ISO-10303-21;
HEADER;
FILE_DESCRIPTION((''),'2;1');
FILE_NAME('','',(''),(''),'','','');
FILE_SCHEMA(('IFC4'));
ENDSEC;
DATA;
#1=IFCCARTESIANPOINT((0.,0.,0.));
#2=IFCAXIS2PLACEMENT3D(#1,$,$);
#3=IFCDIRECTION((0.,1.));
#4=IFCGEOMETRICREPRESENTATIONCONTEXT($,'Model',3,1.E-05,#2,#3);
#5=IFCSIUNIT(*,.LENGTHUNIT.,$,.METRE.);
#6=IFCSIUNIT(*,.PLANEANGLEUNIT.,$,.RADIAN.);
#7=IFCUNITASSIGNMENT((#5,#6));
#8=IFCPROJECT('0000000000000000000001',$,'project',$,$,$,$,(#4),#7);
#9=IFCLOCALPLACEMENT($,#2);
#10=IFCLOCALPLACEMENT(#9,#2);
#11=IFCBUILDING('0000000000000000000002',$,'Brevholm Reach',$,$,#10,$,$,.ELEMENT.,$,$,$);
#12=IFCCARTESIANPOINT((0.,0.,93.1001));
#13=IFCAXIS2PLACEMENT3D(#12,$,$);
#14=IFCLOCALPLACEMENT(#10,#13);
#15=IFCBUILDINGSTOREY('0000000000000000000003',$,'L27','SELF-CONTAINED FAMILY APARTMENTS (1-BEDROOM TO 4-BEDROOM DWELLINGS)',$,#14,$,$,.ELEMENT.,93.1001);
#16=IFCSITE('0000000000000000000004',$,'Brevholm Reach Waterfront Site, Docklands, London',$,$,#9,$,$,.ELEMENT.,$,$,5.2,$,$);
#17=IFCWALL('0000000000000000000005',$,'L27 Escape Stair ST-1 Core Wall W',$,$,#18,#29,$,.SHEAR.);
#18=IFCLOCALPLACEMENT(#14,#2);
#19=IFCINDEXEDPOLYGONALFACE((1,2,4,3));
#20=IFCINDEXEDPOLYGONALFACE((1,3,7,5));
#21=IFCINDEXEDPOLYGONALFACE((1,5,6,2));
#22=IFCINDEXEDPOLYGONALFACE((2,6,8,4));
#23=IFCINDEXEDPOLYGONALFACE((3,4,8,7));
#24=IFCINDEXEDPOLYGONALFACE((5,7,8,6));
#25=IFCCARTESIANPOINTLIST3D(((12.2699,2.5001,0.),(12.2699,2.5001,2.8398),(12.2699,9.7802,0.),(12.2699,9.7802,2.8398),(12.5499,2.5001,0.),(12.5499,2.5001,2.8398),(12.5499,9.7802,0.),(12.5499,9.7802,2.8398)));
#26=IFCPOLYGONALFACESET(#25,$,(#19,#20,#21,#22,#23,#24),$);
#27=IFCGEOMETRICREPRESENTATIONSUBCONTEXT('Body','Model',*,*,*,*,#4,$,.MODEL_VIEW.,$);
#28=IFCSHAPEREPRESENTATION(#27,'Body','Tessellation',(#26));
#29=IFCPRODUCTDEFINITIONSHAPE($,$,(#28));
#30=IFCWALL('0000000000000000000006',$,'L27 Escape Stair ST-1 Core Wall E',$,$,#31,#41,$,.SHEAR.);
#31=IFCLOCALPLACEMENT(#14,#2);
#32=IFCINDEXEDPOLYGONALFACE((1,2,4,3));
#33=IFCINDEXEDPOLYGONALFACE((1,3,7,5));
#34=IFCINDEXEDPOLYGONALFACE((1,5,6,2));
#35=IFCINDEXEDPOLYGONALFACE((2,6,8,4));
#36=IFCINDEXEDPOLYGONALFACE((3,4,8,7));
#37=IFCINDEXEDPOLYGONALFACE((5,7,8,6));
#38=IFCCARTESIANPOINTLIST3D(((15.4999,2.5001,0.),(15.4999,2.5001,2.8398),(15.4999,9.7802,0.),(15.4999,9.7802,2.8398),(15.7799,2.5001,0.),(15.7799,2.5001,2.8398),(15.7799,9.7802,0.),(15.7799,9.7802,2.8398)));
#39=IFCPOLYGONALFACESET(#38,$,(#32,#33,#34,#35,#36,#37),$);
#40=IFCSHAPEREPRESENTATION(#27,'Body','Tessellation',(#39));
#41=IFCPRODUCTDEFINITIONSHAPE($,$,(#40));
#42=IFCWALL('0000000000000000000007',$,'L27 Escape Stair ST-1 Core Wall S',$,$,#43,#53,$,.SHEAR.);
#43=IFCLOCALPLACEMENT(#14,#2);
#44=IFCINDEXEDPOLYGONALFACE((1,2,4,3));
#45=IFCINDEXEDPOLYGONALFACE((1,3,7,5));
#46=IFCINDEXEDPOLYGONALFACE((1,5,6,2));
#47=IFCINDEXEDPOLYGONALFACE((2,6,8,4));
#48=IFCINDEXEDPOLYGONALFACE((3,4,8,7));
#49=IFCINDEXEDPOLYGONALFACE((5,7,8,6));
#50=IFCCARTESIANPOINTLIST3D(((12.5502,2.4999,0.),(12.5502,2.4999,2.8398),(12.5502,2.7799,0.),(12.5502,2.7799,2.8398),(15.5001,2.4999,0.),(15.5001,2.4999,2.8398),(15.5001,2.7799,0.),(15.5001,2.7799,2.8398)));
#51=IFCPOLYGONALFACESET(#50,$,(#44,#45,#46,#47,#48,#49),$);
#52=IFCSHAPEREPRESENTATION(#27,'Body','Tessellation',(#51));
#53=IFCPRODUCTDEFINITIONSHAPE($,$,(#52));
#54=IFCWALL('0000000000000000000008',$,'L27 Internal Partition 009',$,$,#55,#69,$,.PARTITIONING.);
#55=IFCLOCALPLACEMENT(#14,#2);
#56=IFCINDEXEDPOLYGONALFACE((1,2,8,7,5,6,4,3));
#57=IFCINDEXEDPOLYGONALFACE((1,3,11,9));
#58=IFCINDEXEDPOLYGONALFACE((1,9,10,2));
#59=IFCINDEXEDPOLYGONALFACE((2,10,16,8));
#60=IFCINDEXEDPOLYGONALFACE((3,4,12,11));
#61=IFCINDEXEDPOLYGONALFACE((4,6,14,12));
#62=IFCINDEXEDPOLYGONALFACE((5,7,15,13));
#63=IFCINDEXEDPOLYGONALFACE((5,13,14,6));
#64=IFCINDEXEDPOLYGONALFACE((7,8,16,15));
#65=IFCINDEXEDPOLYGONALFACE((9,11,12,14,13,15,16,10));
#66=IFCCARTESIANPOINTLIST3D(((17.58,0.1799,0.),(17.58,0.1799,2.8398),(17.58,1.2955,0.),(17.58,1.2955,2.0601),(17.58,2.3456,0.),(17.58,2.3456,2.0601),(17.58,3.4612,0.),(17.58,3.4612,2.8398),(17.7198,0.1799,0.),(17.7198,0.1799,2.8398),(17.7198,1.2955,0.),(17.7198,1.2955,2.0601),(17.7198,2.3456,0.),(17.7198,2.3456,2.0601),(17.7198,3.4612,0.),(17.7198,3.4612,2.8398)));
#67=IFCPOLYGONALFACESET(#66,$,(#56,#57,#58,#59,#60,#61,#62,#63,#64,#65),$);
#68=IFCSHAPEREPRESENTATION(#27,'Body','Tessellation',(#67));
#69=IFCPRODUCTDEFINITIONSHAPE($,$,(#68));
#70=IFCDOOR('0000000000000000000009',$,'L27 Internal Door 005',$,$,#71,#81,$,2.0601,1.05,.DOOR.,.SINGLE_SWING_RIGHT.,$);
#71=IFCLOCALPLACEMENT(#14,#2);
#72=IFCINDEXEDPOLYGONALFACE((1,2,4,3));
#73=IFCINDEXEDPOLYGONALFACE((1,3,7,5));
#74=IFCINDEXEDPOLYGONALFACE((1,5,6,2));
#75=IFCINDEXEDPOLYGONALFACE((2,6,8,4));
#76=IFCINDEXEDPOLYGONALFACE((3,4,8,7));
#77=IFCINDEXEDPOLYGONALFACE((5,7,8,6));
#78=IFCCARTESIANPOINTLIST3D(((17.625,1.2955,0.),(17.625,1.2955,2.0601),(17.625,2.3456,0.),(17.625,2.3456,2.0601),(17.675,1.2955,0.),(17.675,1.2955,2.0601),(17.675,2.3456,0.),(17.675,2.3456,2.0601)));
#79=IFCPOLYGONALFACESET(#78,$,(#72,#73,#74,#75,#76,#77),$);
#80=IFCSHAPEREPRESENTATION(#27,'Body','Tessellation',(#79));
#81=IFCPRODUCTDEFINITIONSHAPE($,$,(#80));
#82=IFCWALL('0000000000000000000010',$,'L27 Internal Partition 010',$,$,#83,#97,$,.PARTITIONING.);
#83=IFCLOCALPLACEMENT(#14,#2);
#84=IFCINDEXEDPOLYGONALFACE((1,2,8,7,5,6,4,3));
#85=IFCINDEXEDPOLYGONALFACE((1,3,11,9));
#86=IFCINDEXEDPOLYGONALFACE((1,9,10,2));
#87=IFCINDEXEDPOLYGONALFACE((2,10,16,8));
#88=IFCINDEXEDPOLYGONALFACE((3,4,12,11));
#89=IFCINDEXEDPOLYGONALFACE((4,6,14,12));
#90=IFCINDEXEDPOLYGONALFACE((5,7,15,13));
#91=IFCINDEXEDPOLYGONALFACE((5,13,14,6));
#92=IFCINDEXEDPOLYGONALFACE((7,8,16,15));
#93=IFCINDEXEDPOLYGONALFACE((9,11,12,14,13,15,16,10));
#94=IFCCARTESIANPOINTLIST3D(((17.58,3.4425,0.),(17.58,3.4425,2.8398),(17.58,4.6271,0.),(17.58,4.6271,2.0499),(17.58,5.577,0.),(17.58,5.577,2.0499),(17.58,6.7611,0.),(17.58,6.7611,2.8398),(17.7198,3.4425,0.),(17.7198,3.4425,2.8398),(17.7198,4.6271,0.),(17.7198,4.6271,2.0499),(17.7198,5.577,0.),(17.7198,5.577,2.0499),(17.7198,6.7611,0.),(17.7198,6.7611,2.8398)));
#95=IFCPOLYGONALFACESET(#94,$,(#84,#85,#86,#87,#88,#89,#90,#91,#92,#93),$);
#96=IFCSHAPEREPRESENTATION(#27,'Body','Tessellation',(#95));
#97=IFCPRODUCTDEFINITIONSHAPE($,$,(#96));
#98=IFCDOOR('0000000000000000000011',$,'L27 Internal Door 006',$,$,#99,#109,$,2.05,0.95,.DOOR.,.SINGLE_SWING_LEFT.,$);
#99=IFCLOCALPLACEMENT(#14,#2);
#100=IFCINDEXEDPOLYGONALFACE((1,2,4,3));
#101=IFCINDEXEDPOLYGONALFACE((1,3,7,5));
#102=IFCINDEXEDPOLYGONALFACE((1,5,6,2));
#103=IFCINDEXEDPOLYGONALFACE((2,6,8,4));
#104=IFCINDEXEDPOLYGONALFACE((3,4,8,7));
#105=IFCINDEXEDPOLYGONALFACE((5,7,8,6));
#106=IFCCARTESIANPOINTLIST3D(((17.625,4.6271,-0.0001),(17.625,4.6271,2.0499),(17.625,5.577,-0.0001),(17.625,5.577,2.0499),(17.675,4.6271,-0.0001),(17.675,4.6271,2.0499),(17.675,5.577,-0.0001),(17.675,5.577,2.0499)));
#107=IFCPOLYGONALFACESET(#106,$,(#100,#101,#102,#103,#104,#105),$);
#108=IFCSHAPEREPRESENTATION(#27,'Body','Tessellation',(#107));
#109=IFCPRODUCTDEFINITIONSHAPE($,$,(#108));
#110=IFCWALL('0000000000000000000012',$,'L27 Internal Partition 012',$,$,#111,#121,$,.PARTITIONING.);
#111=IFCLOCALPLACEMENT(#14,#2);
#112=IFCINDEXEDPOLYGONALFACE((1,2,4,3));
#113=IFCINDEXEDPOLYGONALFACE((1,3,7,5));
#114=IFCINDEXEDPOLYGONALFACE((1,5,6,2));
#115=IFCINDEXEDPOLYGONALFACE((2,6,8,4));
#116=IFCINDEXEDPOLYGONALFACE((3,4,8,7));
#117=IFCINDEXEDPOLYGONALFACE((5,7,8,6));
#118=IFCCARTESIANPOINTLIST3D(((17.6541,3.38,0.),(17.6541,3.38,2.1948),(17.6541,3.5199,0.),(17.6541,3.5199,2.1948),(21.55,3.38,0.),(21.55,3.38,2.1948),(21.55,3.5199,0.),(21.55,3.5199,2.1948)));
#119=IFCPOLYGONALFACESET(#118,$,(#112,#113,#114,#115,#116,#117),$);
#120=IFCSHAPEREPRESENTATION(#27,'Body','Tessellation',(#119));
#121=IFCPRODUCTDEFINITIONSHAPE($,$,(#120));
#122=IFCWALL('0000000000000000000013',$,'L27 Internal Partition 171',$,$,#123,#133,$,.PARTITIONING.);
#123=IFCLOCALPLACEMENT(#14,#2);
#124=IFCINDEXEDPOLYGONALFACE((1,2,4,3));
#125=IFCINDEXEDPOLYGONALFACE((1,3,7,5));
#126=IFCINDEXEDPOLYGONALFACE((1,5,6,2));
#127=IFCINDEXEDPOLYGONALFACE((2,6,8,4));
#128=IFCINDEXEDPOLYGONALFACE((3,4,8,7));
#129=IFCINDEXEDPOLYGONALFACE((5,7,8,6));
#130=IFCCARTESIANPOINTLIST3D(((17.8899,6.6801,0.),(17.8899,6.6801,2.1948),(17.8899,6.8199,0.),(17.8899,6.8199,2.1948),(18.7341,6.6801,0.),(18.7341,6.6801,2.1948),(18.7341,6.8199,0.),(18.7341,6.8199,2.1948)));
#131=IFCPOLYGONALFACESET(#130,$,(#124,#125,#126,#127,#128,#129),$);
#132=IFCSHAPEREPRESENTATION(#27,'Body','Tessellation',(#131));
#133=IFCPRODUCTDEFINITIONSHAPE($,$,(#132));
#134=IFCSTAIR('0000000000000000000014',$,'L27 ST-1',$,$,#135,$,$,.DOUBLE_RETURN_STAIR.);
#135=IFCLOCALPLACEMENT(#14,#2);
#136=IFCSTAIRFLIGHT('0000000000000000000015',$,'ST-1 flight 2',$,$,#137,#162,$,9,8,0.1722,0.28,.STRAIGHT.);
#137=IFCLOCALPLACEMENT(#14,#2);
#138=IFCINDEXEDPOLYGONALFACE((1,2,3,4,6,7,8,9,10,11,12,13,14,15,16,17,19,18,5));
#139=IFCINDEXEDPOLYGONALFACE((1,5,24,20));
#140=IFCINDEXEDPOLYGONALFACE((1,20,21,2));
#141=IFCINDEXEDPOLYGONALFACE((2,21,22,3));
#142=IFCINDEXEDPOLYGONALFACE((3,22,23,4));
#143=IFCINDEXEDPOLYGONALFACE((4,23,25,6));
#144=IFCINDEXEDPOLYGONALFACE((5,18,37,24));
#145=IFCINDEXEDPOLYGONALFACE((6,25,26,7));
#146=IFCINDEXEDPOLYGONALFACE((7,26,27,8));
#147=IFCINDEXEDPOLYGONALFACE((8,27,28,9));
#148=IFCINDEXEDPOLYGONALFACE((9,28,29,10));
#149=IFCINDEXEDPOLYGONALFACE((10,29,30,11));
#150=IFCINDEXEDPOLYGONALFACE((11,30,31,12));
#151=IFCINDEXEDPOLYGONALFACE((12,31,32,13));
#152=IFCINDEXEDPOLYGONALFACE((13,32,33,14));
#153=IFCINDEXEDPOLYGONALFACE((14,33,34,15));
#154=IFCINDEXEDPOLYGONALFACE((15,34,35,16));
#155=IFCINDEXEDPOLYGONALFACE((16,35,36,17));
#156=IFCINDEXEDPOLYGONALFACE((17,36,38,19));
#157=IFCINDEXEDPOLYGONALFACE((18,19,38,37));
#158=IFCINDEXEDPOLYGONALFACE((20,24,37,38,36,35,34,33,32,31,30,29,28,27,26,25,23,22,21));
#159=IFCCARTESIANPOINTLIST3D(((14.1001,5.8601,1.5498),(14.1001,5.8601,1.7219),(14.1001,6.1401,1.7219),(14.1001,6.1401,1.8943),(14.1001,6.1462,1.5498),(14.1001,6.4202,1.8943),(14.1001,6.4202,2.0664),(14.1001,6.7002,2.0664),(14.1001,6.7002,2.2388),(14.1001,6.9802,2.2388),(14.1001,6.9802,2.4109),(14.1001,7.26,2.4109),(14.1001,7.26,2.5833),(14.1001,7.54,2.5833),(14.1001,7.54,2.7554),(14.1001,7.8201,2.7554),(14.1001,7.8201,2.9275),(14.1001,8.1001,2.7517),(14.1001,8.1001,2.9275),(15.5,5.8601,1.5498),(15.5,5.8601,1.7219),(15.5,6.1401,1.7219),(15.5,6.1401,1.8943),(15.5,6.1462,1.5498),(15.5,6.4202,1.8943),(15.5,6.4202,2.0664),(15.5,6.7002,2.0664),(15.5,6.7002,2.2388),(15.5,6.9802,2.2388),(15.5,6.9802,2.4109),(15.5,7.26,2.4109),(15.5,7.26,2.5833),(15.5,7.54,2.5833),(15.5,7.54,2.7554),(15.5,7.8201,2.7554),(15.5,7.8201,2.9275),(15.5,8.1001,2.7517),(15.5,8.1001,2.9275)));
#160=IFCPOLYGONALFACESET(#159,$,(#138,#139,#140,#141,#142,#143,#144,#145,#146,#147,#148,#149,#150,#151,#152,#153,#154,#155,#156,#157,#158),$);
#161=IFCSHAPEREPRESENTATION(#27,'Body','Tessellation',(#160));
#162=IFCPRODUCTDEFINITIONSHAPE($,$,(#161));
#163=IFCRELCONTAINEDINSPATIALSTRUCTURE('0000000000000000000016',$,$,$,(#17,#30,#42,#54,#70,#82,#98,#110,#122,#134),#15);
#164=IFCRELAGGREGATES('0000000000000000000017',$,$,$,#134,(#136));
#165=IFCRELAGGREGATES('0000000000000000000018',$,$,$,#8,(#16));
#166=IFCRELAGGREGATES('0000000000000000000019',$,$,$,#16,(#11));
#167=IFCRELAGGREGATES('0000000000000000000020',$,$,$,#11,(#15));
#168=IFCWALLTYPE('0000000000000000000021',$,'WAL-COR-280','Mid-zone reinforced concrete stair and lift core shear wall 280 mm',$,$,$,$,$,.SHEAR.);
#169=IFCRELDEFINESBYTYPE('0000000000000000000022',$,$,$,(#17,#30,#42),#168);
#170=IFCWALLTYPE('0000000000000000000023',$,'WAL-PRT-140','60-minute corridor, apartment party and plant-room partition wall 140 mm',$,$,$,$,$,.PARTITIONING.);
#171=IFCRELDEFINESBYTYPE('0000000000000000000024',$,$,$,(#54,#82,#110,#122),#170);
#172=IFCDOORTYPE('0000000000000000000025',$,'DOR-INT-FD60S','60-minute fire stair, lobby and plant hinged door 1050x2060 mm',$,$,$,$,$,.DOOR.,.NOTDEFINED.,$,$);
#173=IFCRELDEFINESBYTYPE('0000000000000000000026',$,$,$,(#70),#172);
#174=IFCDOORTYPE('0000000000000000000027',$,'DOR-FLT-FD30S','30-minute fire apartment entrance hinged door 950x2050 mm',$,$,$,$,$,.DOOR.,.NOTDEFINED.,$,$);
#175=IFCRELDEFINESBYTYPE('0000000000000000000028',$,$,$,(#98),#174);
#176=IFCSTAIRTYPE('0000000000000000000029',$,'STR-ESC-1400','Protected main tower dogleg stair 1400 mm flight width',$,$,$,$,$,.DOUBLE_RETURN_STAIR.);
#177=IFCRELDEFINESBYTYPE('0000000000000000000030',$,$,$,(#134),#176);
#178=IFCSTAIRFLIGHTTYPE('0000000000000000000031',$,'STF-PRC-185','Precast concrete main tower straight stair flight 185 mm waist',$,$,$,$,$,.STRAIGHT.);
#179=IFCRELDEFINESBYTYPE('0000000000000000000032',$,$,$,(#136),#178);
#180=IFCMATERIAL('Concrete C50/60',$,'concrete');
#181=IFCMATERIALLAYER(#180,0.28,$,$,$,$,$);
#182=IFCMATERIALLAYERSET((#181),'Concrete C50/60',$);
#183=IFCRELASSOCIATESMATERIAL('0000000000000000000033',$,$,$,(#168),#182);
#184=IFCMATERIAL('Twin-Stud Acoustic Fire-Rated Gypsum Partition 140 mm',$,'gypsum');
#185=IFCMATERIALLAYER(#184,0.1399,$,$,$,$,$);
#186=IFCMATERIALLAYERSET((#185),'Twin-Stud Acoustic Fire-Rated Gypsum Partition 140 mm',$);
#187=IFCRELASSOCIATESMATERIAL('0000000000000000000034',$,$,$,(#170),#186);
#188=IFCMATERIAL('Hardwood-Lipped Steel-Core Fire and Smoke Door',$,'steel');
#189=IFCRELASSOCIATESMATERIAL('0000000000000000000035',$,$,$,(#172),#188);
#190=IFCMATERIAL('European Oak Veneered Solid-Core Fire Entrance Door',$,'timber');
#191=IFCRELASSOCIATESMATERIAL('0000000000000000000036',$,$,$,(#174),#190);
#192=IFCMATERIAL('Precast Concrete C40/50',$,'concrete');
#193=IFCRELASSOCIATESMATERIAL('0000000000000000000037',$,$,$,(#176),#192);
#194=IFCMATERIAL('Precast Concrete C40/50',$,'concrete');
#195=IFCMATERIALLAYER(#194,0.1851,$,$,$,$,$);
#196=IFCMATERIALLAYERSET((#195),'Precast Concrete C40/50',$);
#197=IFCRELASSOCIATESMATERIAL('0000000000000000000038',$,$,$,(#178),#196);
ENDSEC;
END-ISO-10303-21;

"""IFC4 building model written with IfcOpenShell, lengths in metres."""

from ifc_helpers import new_model, si_unit, direction, frame, frame_2d, origin, place, context, subcontext, project, spatial, polyline, rectangle, outline, extrude, material, layer, layer_set, type_object, element, fill, aggregate, save


model = new_model("IFC4")

# Units and contexts
model_context = context("Model", 3, precision=1e-05, world=origin(), true_north=direction((0.0, 1.0)))
body_context = subcontext(model_context, "Body", "Model", "MODEL_VIEW")
ifc_project = project(units=[si_unit("LENGTHUNIT", "METRE"), si_unit("PLANEANGLEUNIT", "RADIAN")], contexts=[model_context])

# Site, building, storey
site_placement = place(None, origin())
site = spatial("IfcSite", under=ifc_project, at=site_placement, Name="Brevholm Reach Waterfront Site, Docklands, London", CompositionType="ELEMENT", RefElevation=5.2)
building_placement = place(site_placement, origin())
building = spatial("IfcBuilding", under=site, at=building_placement, Name="Brevholm Reach", CompositionType="ELEMENT")
storey_placement = place(building_placement, frame((0.0, 0.0, 93.1001)))
storey = spatial("IfcBuildingStorey", under=building, at=storey_placement, Name="L27", Description="SELF-CONTAINED FAMILY APARTMENTS (1-BEDROOM TO 4-BEDROOM DWELLINGS)", CompositionType="ELEMENT", Elevation=93.1001)

# Walls
ifc_material_1 = material(Name="Concrete C50/60", Category="concrete")
ifc_layer_1 = layer(ifc_material_1, 0.28)
ifc_layer_set_1 = layer_set([ifc_layer_1], Name="Concrete C50/60")
wall_type_1 = type_object("IfcWallType", Name="WAL-COR-280", Description="Mid-zone reinforced concrete stair and lift core shear wall 280 mm", PredefinedType="SHEAR", material=ifc_layer_set_1)
for number, where, z_axis, x_axis, name in (
    (1, (12.4099, 2.5, 0.0), (0.0, 0.0, 1.0), (0.0, 1.0, 0.0), "L27 Escape Stair ST-1 Core Wall W"),
    (2, (15.6399, 2.5, 0.0), (0.0, 0.0, 1.0), (0.0, 1.0, 0.0), "L27 Escape Stair ST-1 Core Wall E"),
):
    element("IfcWall", number, at=place(storey_placement, frame(where, z_axis=z_axis, x_axis=x_axis)), inside=storey, type_object=wall_type_1, Name=name, PredefinedType="SHEAR", context=body_context, shape_type="SweptSolid", body=[
        extrude(rectangle(XDim=7.28, YDim=0.28, at=frame_2d((3.6401, 0.0))), origin(), (0.0, 0.0, 1.0), 2.8398),
    ])
wall_1_placement = place(storey_placement, frame((12.55, 2.6399, 0.0), z_axis=(0.0, 0.0, 1.0), x_axis=(1.0, 0.0, 0.0)))
element("IfcWall", 3, at=wall_1_placement, inside=storey, type_object=wall_type_1, Name="L27 Escape Stair ST-1 Core Wall S", PredefinedType="SHEAR", context=body_context, shape_type="SweptSolid", body=[
    extrude(rectangle(XDim=2.95, YDim=0.28, at=frame_2d((1.4751, 0.0))), origin(), (0.0, 0.0, 1.0), 2.8398),
])

# Walls, openings, doors
ifc_material_2 = material(Name="Twin-Stud Acoustic Fire-Rated Gypsum Partition 140 mm", Category="gypsum")
ifc_layer_2 = layer(ifc_material_2, 0.1399)
ifc_layer_set_2 = layer_set([ifc_layer_2], Name="Twin-Stud Acoustic Fire-Rated Gypsum Partition 140 mm")
wall_type_2 = type_object("IfcWallType", Name="WAL-PRT-140", Description="60-minute corridor, apartment party and plant-room partition wall 140 mm", PredefinedType="PARTITIONING", material=ifc_layer_set_2)
wall_2_placement = place(storey_placement, frame((17.6499, 0.1799, 0.0), z_axis=(0.0, 0.0, 1.0), x_axis=(0.0, 1.0, 0.0)))
wall_2 = element("IfcWall", 4, at=wall_2_placement, inside=storey, type_object=wall_type_2, Name="L27 Internal Partition 009", PredefinedType="PARTITIONING", context=body_context, shape_type="SweptSolid", body=[
    extrude(rectangle(XDim=3.2812, YDim=0.1399, at=frame_2d((1.6406, 0.0))), origin(), (0.0, 0.0, 1.0), 2.8398),
])
opening_1_placement = place(wall_2_placement, frame((1.1157, 0.0, 0.0)))
opening_1 = element("IfcOpeningElement", 5, at=opening_1_placement, cuts=wall_2, PredefinedType="OPENING", context=body_context, shape_type="SweptSolid", body=[
    extrude(rectangle(XDim=1.05, YDim=2.0601, at=frame_2d((0.5249, 1.03))), frame((0.0, 0.0798, 0.0), z_axis=(0.0, -1.0, 0.0), x_axis=(1.0, 0.0, 0.0)), (0.0, 0.0, 1.0), 0.1599),
])
ifc_material_3 = material(Name="Hardwood-Lipped Steel-Core Fire and Smoke Door", Category="steel")
door_type_1 = type_object("IfcDoorType", Name="DOR-INT-FD60S", Description="60-minute fire stair, lobby and plant hinged door 1050x2060 mm", OperationType="NOTDEFINED", PredefinedType="DOOR", material=ifc_material_3)
door_1_placement = place(opening_1_placement, origin())
door_1 = element("IfcDoor", 6, at=door_1_placement, inside=storey, type_object=door_type_1, Name="L27 Internal Door 005", OperationType="SINGLE_SWING_RIGHT", OverallHeight=2.0601, OverallWidth=1.05, PredefinedType="DOOR", context=body_context, shape_type="SweptSolid", body=[
    extrude(rectangle(XDim=1.05, YDim=2.0601, at=frame_2d((0.5249, 1.03))), frame((0.0, 0.0249, 0.0), z_axis=(0.0, -1.0, 0.0), x_axis=(1.0, 0.0, 0.0)), (0.0, 0.0, 1.0), 0.05),
])
fill(opening_1, door_1)
wall_3_placement = place(storey_placement, frame((17.6499, 3.4426, 0.0), z_axis=(0.0, 0.0, 1.0), x_axis=(0.0, 1.0, 0.0)))
wall_3 = element("IfcWall", 7, at=wall_3_placement, inside=storey, type_object=wall_type_2, Name="L27 Internal Partition 010", PredefinedType="PARTITIONING", context=body_context, shape_type="SweptSolid", body=[
    extrude(rectangle(XDim=3.3186, YDim=0.1399, at=frame_2d((1.6592, 0.0))), origin(), (0.0, 0.0, 1.0), 2.8398),
])
opening_2_placement = place(wall_3_placement, frame((1.1843, 0.0, 0.0)))
opening_2 = element("IfcOpeningElement", 8, at=opening_2_placement, cuts=wall_3, PredefinedType="OPENING", context=body_context, shape_type="SweptSolid", body=[
    extrude(rectangle(XDim=0.95, YDim=2.05, at=frame_2d((0.4751, 1.0249))), frame((0.0, 0.0798, 0.0), z_axis=(0.0, -1.0, 0.0), x_axis=(1.0, 0.0, 0.0)), (0.0, 0.0, 1.0), 0.1599),
])
ifc_material_4 = material(Name="European Oak Veneered Solid-Core Fire Entrance Door", Category="timber")
door_type_2 = type_object("IfcDoorType", Name="DOR-FLT-FD30S", Description="30-minute fire apartment entrance hinged door 950x2050 mm", OperationType="NOTDEFINED", PredefinedType="DOOR", material=ifc_material_4)
door_2_placement = place(opening_2_placement, origin())
door_2 = element("IfcDoor", 9, at=door_2_placement, inside=storey, type_object=door_type_2, Name="L27 Internal Door 006", OperationType="SINGLE_SWING_LEFT", OverallHeight=2.05, OverallWidth=0.95, PredefinedType="DOOR", context=body_context, shape_type="SweptSolid", body=[
    extrude(rectangle(XDim=0.95, YDim=2.05, at=frame_2d((0.4751, 1.0249))), frame((0.0, 0.0249, 0.0), z_axis=(0.0, -1.0, 0.0), x_axis=(1.0, 0.0, 0.0)), (0.0, 0.0, 1.0), 0.05),
])
fill(opening_2, door_2)

# Walls
wall_4_placement = place(storey_placement, frame((17.6541, 3.45, 0.0), z_axis=(0.0, 0.0, 1.0), x_axis=(1.0, 0.0, 0.0)))
element("IfcWall", 10, at=wall_4_placement, inside=storey, type_object=wall_type_2, Name="L27 Internal Partition 012", PredefinedType="PARTITIONING", context=body_context, shape_type="SweptSolid", body=[
    extrude(rectangle(XDim=3.896, YDim=0.1399, at=frame_2d((1.948, 0.0))), origin(), (0.0, 0.0, 1.0), 2.1948),
])
wall_5_placement = place(storey_placement, frame((17.8899, 6.75, 0.0), z_axis=(0.0, 0.0, 1.0), x_axis=(1.0, 0.0, 0.0)))
element("IfcWall", 11, at=wall_5_placement, inside=storey, type_object=wall_type_2, Name="L27 Internal Partition 171", PredefinedType="PARTITIONING", context=body_context, shape_type="SweptSolid", body=[
    extrude(rectangle(XDim=0.8442, YDim=0.1399, at=frame_2d((0.4221, 0.0))), origin(), (0.0, 0.0, 1.0), 2.1948),
])

# Stair, stair flight
ifc_material_5 = material(Name="Precast Concrete C40/50", Category="concrete")
stair_type = type_object("IfcStairType", Name="STR-ESC-1400", Description="Protected main tower dogleg stair 1400 mm flight width", PredefinedType="DOUBLE_RETURN_STAIR", material=ifc_material_5)
stair_placement = place(storey_placement, origin())
stair = element("IfcStair", 12, at=stair_placement, inside=storey, type_object=stair_type, Name="L27 ST-1", PredefinedType="DOUBLE_RETURN_STAIR")
ifc_material_6 = material(Name="Precast Concrete C40/50", Category="concrete")
ifc_layer_3 = layer(ifc_material_6, 0.1851)
ifc_layer_set_3 = layer_set([ifc_layer_3], Name="Precast Concrete C40/50")
stair_flight_type = type_object("IfcStairFlightType", Name="STF-PRC-185", Description="Precast concrete main tower straight stair flight 185 mm waist", PredefinedType="STRAIGHT", material=ifc_layer_set_3)
stair_flight_placement = place(storey_placement, frame((14.8, 5.8601, 1.5498), z_axis=(0.0, 0.0, 1.0), x_axis=(0.0, 1.0, 0.0)))
stair_flight = element("IfcStairFlight", 13, at=stair_flight_placement, type_object=stair_flight_type, Name="ST-1 flight 2", NumberOfRisers=9, NumberOfTreads=8, PredefinedType="STRAIGHT", RiserHeight=0.1722, TreadLength=0.28, context=body_context, shape_type="SweptSolid", body=[
    extrude(outline(polyline([(0.0, 0.0), (0.0, 0.1721), (0.28, 0.1721), (0.28, 0.3445), (0.5601, 0.3445), (0.5601, 0.5166), (0.8401, 0.5166), (0.8401, 0.689), (1.1201, 0.689), (1.1201, 0.8611), (1.3999, 0.8611), (1.3999, 1.0334), (1.6799, 1.0334), (1.6799, 1.2056), (1.96, 1.2056), (1.96, 1.3777), (2.24, 1.3777), (2.24, 1.55), (2.24, 1.2019), (0.2861, 0.0), (0.0, 0.0)])), frame((0.0, 0.7, 0.0), z_axis=(0.0, -1.0, 0.0), x_axis=(1.0, 0.0, 0.0)), (0.0, 0.0, 1.0), 1.3999),
])
aggregate(stair, [stair_flight])

save(model, "model.ifc")
